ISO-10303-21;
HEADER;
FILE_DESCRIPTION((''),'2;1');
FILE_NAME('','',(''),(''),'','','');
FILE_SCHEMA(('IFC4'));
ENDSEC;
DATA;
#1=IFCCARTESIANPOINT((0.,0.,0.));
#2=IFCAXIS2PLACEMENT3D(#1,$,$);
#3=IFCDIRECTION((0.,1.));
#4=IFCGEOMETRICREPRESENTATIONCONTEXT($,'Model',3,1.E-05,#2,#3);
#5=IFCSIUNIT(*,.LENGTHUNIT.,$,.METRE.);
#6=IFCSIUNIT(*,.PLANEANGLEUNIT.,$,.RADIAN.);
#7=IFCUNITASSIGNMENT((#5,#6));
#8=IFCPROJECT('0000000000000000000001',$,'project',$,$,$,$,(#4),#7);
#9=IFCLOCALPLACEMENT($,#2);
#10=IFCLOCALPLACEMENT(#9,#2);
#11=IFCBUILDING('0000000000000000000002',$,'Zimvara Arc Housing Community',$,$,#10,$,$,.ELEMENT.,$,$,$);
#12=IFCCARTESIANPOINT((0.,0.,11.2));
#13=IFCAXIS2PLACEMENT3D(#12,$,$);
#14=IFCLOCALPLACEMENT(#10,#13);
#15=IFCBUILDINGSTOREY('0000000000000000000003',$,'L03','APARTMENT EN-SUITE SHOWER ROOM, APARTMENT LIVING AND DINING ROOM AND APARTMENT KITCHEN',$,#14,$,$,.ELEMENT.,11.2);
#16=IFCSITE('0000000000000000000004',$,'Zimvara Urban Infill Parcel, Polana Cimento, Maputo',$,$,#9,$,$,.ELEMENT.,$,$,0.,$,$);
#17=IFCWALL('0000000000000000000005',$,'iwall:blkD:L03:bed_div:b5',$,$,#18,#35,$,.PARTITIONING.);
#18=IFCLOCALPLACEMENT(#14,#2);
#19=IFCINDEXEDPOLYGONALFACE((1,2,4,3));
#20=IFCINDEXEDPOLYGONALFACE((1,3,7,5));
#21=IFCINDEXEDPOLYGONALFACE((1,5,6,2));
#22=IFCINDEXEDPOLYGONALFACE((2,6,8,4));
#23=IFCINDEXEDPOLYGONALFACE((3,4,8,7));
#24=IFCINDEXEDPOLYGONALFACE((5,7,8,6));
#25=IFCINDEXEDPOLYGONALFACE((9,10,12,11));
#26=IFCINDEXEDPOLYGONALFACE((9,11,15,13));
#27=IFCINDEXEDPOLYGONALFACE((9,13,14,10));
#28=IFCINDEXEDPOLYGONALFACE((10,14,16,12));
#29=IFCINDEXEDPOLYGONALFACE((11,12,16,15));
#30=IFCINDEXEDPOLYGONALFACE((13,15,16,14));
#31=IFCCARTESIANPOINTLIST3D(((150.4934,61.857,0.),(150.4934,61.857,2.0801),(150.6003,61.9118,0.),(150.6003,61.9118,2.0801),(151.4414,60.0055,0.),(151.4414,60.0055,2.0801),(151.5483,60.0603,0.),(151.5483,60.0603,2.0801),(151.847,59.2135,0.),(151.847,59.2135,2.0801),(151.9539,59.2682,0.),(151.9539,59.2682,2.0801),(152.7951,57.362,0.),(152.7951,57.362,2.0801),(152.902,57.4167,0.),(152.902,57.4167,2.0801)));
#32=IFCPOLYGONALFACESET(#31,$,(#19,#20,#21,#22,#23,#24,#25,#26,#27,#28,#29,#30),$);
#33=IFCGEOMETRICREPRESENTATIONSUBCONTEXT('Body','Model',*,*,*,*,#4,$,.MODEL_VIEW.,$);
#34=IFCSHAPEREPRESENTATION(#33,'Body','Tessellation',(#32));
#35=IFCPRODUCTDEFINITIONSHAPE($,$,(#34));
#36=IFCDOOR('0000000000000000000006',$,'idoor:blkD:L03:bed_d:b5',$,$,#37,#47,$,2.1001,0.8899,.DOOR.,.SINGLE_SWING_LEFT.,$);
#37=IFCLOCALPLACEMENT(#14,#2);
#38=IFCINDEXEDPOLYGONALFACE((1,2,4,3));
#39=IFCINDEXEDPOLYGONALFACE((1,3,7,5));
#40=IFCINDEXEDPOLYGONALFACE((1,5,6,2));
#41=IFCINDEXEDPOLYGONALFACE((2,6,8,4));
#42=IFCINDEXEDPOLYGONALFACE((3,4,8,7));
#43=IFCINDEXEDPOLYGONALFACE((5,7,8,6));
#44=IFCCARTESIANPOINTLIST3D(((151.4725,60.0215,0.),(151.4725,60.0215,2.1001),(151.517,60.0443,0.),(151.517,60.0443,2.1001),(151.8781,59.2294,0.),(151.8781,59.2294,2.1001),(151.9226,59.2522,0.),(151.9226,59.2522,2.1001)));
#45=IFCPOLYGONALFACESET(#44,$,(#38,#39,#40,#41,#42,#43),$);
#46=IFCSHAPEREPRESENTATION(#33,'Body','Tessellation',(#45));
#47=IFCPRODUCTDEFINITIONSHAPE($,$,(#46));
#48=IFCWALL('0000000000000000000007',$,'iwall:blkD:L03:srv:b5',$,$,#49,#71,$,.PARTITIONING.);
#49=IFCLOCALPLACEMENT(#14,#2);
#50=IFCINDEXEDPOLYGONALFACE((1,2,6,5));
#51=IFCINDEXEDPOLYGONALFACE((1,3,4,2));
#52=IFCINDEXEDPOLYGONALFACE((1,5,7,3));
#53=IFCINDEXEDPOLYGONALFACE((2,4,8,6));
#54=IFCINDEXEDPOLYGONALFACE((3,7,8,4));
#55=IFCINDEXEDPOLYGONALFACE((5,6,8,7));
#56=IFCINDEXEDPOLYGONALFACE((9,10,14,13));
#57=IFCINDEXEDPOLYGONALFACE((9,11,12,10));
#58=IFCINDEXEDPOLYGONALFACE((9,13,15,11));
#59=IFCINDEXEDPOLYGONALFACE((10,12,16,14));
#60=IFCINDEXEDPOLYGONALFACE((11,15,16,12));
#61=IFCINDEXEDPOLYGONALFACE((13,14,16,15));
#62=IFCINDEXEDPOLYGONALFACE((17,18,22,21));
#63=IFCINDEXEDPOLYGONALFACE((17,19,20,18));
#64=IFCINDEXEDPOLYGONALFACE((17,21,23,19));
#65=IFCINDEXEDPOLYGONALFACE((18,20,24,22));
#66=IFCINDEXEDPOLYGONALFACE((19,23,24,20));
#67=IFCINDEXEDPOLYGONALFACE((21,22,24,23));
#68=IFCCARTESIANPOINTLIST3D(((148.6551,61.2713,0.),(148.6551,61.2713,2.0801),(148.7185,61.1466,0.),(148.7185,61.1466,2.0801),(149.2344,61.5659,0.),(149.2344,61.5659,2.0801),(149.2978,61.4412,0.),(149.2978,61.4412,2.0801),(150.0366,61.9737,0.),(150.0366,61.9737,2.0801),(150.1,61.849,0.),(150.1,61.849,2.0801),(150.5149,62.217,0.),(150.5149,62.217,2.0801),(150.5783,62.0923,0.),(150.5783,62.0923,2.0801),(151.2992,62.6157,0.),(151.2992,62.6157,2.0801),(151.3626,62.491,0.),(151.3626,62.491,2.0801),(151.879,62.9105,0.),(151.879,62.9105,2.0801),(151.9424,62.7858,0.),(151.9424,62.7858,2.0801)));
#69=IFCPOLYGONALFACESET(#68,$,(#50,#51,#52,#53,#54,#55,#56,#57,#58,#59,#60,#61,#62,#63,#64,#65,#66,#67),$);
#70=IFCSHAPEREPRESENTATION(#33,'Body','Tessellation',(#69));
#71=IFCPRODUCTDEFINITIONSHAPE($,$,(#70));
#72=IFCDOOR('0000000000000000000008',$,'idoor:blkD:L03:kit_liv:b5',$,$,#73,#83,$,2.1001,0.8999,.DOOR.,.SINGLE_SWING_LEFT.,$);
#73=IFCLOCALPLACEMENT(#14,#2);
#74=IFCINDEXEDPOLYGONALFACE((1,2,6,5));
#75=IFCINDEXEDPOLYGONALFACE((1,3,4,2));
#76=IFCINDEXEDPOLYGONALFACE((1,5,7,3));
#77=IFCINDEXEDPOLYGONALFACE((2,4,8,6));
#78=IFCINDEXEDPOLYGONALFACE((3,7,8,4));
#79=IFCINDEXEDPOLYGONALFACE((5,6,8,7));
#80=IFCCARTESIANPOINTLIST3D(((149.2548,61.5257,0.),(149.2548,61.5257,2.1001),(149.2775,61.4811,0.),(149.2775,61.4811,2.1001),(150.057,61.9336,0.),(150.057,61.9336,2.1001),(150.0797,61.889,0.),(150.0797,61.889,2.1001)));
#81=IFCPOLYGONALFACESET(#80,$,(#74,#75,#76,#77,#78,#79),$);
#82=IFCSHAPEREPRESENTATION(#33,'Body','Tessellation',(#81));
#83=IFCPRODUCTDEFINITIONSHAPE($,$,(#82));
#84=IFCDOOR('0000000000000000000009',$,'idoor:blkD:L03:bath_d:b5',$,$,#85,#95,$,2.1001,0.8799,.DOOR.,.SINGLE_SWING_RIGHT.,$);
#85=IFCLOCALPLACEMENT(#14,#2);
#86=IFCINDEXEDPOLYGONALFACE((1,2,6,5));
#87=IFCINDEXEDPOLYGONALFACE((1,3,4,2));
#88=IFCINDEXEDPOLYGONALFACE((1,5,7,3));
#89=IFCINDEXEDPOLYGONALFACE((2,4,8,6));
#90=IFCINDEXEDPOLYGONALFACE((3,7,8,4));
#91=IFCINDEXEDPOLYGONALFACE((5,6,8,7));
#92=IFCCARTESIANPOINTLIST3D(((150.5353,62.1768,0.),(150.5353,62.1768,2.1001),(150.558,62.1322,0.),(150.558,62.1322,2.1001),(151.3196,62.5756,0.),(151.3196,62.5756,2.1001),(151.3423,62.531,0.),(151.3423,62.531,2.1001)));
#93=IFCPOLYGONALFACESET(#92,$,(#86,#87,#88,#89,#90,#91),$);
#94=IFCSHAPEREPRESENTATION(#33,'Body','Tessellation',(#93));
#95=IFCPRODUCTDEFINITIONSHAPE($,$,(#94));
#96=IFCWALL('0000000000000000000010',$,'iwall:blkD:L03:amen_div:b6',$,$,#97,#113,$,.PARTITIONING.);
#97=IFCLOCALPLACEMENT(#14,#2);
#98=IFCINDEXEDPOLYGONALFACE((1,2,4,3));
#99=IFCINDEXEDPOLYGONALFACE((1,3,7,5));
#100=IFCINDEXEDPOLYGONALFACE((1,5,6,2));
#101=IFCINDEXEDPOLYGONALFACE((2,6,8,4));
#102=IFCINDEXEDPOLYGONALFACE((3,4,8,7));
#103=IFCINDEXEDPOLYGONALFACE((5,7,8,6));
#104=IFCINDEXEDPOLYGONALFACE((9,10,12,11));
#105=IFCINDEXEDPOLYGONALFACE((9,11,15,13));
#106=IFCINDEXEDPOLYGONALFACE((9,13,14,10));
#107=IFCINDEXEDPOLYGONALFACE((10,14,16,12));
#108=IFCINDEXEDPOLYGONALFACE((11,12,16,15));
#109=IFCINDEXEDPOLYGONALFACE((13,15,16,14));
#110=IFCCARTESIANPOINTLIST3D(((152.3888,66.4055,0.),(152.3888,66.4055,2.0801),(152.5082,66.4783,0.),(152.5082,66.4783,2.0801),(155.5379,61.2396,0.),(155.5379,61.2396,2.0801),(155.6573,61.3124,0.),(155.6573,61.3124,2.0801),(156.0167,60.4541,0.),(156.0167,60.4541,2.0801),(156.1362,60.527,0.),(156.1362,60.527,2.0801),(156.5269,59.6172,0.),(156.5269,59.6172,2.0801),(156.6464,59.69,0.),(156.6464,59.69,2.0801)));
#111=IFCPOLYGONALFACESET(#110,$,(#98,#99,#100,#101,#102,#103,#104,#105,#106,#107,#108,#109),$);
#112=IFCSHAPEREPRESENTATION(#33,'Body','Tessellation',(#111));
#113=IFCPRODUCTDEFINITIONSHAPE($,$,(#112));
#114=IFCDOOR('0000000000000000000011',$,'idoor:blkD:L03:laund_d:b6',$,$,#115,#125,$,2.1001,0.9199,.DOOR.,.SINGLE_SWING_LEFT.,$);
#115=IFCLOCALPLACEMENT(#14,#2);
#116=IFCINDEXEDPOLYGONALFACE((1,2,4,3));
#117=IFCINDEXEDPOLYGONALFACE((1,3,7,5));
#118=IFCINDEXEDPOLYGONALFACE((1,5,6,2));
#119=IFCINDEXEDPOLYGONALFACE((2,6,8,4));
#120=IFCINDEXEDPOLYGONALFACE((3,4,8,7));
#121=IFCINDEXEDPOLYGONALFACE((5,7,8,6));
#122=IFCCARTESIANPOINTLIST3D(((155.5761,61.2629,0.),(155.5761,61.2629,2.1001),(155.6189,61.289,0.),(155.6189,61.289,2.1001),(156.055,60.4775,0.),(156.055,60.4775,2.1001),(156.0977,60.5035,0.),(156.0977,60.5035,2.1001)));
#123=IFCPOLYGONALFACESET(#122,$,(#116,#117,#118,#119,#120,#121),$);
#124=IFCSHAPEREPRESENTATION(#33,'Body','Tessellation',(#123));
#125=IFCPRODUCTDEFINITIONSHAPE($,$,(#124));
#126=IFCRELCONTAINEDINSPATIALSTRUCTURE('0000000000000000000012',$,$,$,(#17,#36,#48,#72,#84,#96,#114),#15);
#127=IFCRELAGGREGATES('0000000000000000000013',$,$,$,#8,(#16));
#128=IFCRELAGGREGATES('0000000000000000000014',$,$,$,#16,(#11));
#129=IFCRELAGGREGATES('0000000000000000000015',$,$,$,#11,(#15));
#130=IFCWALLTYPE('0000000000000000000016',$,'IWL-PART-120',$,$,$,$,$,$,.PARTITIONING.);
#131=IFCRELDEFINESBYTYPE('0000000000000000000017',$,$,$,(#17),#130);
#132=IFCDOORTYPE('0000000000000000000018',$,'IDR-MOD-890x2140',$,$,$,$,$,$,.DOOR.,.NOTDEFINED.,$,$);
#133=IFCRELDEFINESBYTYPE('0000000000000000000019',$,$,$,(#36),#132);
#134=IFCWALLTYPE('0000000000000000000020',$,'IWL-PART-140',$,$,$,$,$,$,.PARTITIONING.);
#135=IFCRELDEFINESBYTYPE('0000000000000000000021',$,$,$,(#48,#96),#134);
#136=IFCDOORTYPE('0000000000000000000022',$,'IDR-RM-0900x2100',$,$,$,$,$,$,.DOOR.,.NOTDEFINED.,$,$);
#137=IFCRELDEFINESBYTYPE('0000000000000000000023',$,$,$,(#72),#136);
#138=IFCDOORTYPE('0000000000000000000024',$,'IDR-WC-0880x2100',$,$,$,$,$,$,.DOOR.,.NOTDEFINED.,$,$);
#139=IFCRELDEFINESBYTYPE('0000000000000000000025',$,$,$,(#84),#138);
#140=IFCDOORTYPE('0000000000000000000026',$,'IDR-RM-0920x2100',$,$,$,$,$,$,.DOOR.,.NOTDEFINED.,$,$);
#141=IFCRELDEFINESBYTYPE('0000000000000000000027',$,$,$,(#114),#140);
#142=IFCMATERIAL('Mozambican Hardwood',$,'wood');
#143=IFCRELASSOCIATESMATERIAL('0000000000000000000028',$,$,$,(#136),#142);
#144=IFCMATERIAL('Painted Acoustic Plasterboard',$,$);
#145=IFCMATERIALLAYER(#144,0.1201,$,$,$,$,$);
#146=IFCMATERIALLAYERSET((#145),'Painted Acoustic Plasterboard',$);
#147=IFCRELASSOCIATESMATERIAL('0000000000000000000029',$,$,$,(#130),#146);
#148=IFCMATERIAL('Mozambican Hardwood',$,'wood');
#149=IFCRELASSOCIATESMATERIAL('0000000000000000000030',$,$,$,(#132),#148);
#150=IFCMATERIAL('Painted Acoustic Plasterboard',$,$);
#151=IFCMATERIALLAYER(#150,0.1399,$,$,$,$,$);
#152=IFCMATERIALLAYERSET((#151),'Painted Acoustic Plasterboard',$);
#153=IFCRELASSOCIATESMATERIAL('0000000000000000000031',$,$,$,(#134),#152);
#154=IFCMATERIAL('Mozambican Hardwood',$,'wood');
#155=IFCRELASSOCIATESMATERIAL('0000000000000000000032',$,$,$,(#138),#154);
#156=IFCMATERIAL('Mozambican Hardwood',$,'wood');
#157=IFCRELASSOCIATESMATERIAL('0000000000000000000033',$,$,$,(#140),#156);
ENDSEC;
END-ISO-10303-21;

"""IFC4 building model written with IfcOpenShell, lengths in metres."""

from ifc_helpers import new_model, si_unit, direction, frame, frame_2d, origin, place, context, subcontext, project, spatial, rectangle, extrude, material, layer, layer_set, type_object, element, fill, save


model = new_model("IFC4")

# Units and contexts
model_context = context("Model", 3, precision=1e-05, world=origin(), true_north=direction((0.0, 1.0)))
body_context = subcontext(model_context, "Body", "Model", "MODEL_VIEW")
ifc_project = project(units=[si_unit("LENGTHUNIT", "METRE"), si_unit("PLANEANGLEUNIT", "RADIAN")], contexts=[model_context])

# Site, building, storey
site_placement = place(None, origin())
site = spatial("IfcSite", under=ifc_project, at=site_placement, Name="Zimvara Urban Infill Parcel, Polana Cimento, Maputo", CompositionType="ELEMENT", RefElevation=0.0)
building_placement = place(site_placement, origin())
building = spatial("IfcBuilding", under=site, at=building_placement, Name="Zimvara Arc Housing Community", CompositionType="ELEMENT")
storey_placement = place(building_placement, frame((0.0, 0.0, 11.2)))
storey = spatial("IfcBuildingStorey", under=building, at=storey_placement, Name="L03", Description="APARTMENT EN-SUITE SHOWER ROOM, APARTMENT LIVING AND DINING ROOM AND APARTMENT KITCHEN", CompositionType="ELEMENT", Elevation=11.2)

# Shared definitions
ifc_material_1 = material(Name="Mozambican Hardwood", Category="wood")
door_type_1 = type_object("IfcDoorType", Name="IDR-RM-0900x2100", OperationType="NOTDEFINED", PredefinedType="DOOR", material=ifc_material_1)

# Wall, opening, door
ifc_material_2 = material(Name="Painted Acoustic Plasterboard")
ifc_layer_1 = layer(ifc_material_2, 0.1201)
ifc_layer_set_1 = layer_set([ifc_layer_1], Name="Painted Acoustic Plasterboard")
wall_type_1 = type_object("IfcWallType", Name="IWL-PART-120", PredefinedType="PARTITIONING", material=ifc_layer_set_1)
wall_1_placement = place(storey_placement, frame((150.5469, 61.8843, 0.0), z_axis=(0.0, 0.0, 1.0), x_axis=(0.455779, -0.890093, 0.0)))
wall_1 = element("IfcWall", 1, at=wall_1_placement, inside=storey, type_object=wall_type_1, Name="iwall:blkD:L03:bed_div:b5", PredefinedType="PARTITIONING", context=body_context, shape_type="SweptSolid", body=[
    extrude(rectangle(XDim=5.05, YDim=0.1201, at=frame_2d((2.5249, 0.0))), origin(), (0.0, 0.0, 1.0), 2.0801),
])
opening_1_placement = place(wall_1_placement, frame((2.0801, 0.0, 0.0)))
opening_1 = element("IfcOpeningElement", 2, at=opening_1_placement, cuts=wall_1, PredefinedType="OPENING", context=body_context, shape_type="SweptSolid", body=[
    extrude(rectangle(XDim=0.8899, YDim=2.1001, at=frame_2d((0.4448, 1.05))), frame((0.0, 0.0701, 0.0), z_axis=(0.0, -1.0, 0.0), x_axis=(1.0, 0.0, 0.0)), (0.0, 0.0, 1.0), 0.1401),
])
ifc_material_3 = material(Name="Mozambican Hardwood", Category="wood")
door_type_2 = type_object("IfcDoorType", Name="IDR-MOD-890x2140", OperationType="NOTDEFINED", PredefinedType="DOOR", material=ifc_material_3)
door_1_placement = place(opening_1_placement, origin())
door_1 = element("IfcDoor", 3, at=door_1_placement, inside=storey, type_object=door_type_2, Name="idoor:blkD:L03:bed_d:b5", OperationType="SINGLE_SWING_LEFT", OverallHeight=2.1001, OverallWidth=0.8899, PredefinedType="DOOR", context=body_context, shape_type="SweptSolid", body=[
    extrude(rectangle(XDim=0.8899, YDim=2.1001, at=frame_2d((0.4448, 1.05))), frame((0.0, 0.0249, 0.0), z_axis=(0.0, -1.0, 0.0), x_axis=(1.0, 0.0, 0.0)), (0.0, 0.0, 1.0), 0.05),
])
fill(opening_1, door_1)

# Wall, openings, doors
ifc_material_4 = material(Name="Painted Acoustic Plasterboard")
ifc_layer_2 = layer(ifc_material_4, 0.1399)
ifc_layer_set_2 = layer_set([ifc_layer_2], Name="Painted Acoustic Plasterboard")
wall_type_2 = type_object("IfcWallType", Name="IWL-PART-140", PredefinedType="PARTITIONING", material=ifc_layer_set_2)
wall_2_placement = place(storey_placement, frame((148.6868, 61.209, 0.0), z_axis=(0.0, 0.0, 1.0), x_axis=(0.891396, 0.453225, 0.0)))
wall_2 = element("IfcWall", 4, at=wall_2_placement, inside=storey, type_object=wall_type_2, Name="iwall:blkD:L03:srv:b5", PredefinedType="PARTITIONING", context=body_context, shape_type="SweptSolid", body=[
    extrude(rectangle(XDim=3.6167, YDim=0.1399, at=frame_2d((1.8083, 0.0))), origin(), (0.0, 0.0, 1.0), 2.0801),
])
opening_2_placement = place(wall_2_placement, frame((0.6499, 0.0, 0.0)))
opening_2 = element("IfcOpeningElement", 5, at=opening_2_placement, cuts=wall_2, PredefinedType="OPENING", context=body_context, shape_type="SweptSolid", body=[
    extrude(rectangle(XDim=0.8999, YDim=2.1001, at=frame_2d((0.45, 1.05))), frame((0.0, 0.0798, 0.0), z_axis=(0.0, -1.0, 0.0), x_axis=(1.0, 0.0, 0.0)), (0.0, 0.0, 1.0), 0.1599),
])
opening_3_placement = place(wall_2_placement, frame((2.0864, 0.0, 0.0)))
opening_3 = element("IfcOpeningElement", 6, at=opening_3_placement, cuts=wall_2, PredefinedType="OPENING", context=body_context, shape_type="SweptSolid", body=[
    extrude(rectangle(XDim=0.8799, YDim=2.1001, at=frame_2d((0.4399, 1.05))), frame((0.0, 0.0798, 0.0), z_axis=(0.0, -1.0, 0.0), x_axis=(1.0, 0.0, 0.0)), (0.0, 0.0, 1.0), 0.1599),
])
door_2_placement = place(opening_2_placement, origin())
door_2 = element("IfcDoor", 7, at=door_2_placement, inside=storey, type_object=door_type_1, Name="idoor:blkD:L03:kit_liv:b5", OperationType="SINGLE_SWING_LEFT", OverallHeight=2.1001, OverallWidth=0.8999, PredefinedType="DOOR", context=body_context, shape_type="SweptSolid", body=[
    extrude(rectangle(XDim=0.8999, YDim=2.1001, at=frame_2d((0.45, 1.05))), frame((0.0, 0.0249, 0.0), z_axis=(0.0, -1.0, 0.0), x_axis=(1.0, 0.0, 0.0)), (0.0, 0.0, 1.0), 0.05),
])
fill(opening_2, door_2)
ifc_material_5 = material(Name="Mozambican Hardwood", Category="wood")
door_type_3 = type_object("IfcDoorType", Name="IDR-WC-0880x2100", OperationType="NOTDEFINED", PredefinedType="DOOR", material=ifc_material_5)
door_3_placement = place(opening_3_placement, origin())
door_3 = element("IfcDoor", 8, at=door_3_placement, inside=storey, type_object=door_type_3, Name="idoor:blkD:L03:bath_d:b5", OperationType="SINGLE_SWING_RIGHT", OverallHeight=2.1001, OverallWidth=0.8799, PredefinedType="DOOR", context=body_context, shape_type="SweptSolid", body=[
    extrude(rectangle(XDim=0.8799, YDim=2.1001, at=frame_2d((0.4399, 1.05))), frame((0.0, 0.0249, 0.0), z_axis=(0.0, -1.0, 0.0), x_axis=(1.0, 0.0, 0.0)), (0.0, 0.0, 1.0), 0.05),
])
fill(opening_3, door_3)

# Wall, opening, door
wall_3_placement = place(storey_placement, frame((152.4485, 66.4419, 0.0), z_axis=(0.0, 0.0, 1.0), x_axis=(0.520512, -0.853854, 0.0)))
wall_3 = element("IfcWall", 9, at=wall_3_placement, inside=storey, type_object=wall_type_2, Name="iwall:blkD:L03:amen_div:b6", PredefinedType="PARTITIONING", context=body_context, shape_type="SweptSolid", body=[
    extrude(rectangle(XDim=7.9502, YDim=0.1399, at=frame_2d((3.9751, 0.0))), origin(), (0.0, 0.0, 1.0), 2.0801),
])
opening_4_placement = place(wall_3_placement, frame((6.05, 0.0, 0.0)))
opening_4 = element("IfcOpeningElement", 10, at=opening_4_placement, cuts=wall_3, PredefinedType="OPENING", context=body_context, shape_type="SweptSolid", body=[
    extrude(rectangle(XDim=0.9199, YDim=2.1001, at=frame_2d((0.46, 1.05))), frame((0.0, 0.0798, 0.0), z_axis=(0.0, -1.0, 0.0), x_axis=(1.0, 0.0, 0.0)), (0.0, 0.0, 1.0), 0.1599),
])
ifc_material_6 = material(Name="Mozambican Hardwood", Category="wood")
door_type_4 = type_object("IfcDoorType", Name="IDR-RM-0920x2100", OperationType="NOTDEFINED", PredefinedType="DOOR", material=ifc_material_6)
door_4_placement = place(opening_4_placement, origin())
door_4 = element("IfcDoor", 11, at=door_4_placement, inside=storey, type_object=door_type_4, Name="idoor:blkD:L03:laund_d:b6", OperationType="SINGLE_SWING_LEFT", OverallHeight=2.1001, OverallWidth=0.9199, PredefinedType="DOOR", context=body_context, shape_type="SweptSolid", body=[
    extrude(rectangle(XDim=0.9199, YDim=2.1001, at=frame_2d((0.46, 1.05))), frame((0.0, 0.0249, 0.0), z_axis=(0.0, -1.0, 0.0), x_axis=(1.0, 0.0, 0.0)), (0.0, 0.0, 1.0), 0.05),
])
fill(opening_4, door_4)

save(model, "model.ifc")
